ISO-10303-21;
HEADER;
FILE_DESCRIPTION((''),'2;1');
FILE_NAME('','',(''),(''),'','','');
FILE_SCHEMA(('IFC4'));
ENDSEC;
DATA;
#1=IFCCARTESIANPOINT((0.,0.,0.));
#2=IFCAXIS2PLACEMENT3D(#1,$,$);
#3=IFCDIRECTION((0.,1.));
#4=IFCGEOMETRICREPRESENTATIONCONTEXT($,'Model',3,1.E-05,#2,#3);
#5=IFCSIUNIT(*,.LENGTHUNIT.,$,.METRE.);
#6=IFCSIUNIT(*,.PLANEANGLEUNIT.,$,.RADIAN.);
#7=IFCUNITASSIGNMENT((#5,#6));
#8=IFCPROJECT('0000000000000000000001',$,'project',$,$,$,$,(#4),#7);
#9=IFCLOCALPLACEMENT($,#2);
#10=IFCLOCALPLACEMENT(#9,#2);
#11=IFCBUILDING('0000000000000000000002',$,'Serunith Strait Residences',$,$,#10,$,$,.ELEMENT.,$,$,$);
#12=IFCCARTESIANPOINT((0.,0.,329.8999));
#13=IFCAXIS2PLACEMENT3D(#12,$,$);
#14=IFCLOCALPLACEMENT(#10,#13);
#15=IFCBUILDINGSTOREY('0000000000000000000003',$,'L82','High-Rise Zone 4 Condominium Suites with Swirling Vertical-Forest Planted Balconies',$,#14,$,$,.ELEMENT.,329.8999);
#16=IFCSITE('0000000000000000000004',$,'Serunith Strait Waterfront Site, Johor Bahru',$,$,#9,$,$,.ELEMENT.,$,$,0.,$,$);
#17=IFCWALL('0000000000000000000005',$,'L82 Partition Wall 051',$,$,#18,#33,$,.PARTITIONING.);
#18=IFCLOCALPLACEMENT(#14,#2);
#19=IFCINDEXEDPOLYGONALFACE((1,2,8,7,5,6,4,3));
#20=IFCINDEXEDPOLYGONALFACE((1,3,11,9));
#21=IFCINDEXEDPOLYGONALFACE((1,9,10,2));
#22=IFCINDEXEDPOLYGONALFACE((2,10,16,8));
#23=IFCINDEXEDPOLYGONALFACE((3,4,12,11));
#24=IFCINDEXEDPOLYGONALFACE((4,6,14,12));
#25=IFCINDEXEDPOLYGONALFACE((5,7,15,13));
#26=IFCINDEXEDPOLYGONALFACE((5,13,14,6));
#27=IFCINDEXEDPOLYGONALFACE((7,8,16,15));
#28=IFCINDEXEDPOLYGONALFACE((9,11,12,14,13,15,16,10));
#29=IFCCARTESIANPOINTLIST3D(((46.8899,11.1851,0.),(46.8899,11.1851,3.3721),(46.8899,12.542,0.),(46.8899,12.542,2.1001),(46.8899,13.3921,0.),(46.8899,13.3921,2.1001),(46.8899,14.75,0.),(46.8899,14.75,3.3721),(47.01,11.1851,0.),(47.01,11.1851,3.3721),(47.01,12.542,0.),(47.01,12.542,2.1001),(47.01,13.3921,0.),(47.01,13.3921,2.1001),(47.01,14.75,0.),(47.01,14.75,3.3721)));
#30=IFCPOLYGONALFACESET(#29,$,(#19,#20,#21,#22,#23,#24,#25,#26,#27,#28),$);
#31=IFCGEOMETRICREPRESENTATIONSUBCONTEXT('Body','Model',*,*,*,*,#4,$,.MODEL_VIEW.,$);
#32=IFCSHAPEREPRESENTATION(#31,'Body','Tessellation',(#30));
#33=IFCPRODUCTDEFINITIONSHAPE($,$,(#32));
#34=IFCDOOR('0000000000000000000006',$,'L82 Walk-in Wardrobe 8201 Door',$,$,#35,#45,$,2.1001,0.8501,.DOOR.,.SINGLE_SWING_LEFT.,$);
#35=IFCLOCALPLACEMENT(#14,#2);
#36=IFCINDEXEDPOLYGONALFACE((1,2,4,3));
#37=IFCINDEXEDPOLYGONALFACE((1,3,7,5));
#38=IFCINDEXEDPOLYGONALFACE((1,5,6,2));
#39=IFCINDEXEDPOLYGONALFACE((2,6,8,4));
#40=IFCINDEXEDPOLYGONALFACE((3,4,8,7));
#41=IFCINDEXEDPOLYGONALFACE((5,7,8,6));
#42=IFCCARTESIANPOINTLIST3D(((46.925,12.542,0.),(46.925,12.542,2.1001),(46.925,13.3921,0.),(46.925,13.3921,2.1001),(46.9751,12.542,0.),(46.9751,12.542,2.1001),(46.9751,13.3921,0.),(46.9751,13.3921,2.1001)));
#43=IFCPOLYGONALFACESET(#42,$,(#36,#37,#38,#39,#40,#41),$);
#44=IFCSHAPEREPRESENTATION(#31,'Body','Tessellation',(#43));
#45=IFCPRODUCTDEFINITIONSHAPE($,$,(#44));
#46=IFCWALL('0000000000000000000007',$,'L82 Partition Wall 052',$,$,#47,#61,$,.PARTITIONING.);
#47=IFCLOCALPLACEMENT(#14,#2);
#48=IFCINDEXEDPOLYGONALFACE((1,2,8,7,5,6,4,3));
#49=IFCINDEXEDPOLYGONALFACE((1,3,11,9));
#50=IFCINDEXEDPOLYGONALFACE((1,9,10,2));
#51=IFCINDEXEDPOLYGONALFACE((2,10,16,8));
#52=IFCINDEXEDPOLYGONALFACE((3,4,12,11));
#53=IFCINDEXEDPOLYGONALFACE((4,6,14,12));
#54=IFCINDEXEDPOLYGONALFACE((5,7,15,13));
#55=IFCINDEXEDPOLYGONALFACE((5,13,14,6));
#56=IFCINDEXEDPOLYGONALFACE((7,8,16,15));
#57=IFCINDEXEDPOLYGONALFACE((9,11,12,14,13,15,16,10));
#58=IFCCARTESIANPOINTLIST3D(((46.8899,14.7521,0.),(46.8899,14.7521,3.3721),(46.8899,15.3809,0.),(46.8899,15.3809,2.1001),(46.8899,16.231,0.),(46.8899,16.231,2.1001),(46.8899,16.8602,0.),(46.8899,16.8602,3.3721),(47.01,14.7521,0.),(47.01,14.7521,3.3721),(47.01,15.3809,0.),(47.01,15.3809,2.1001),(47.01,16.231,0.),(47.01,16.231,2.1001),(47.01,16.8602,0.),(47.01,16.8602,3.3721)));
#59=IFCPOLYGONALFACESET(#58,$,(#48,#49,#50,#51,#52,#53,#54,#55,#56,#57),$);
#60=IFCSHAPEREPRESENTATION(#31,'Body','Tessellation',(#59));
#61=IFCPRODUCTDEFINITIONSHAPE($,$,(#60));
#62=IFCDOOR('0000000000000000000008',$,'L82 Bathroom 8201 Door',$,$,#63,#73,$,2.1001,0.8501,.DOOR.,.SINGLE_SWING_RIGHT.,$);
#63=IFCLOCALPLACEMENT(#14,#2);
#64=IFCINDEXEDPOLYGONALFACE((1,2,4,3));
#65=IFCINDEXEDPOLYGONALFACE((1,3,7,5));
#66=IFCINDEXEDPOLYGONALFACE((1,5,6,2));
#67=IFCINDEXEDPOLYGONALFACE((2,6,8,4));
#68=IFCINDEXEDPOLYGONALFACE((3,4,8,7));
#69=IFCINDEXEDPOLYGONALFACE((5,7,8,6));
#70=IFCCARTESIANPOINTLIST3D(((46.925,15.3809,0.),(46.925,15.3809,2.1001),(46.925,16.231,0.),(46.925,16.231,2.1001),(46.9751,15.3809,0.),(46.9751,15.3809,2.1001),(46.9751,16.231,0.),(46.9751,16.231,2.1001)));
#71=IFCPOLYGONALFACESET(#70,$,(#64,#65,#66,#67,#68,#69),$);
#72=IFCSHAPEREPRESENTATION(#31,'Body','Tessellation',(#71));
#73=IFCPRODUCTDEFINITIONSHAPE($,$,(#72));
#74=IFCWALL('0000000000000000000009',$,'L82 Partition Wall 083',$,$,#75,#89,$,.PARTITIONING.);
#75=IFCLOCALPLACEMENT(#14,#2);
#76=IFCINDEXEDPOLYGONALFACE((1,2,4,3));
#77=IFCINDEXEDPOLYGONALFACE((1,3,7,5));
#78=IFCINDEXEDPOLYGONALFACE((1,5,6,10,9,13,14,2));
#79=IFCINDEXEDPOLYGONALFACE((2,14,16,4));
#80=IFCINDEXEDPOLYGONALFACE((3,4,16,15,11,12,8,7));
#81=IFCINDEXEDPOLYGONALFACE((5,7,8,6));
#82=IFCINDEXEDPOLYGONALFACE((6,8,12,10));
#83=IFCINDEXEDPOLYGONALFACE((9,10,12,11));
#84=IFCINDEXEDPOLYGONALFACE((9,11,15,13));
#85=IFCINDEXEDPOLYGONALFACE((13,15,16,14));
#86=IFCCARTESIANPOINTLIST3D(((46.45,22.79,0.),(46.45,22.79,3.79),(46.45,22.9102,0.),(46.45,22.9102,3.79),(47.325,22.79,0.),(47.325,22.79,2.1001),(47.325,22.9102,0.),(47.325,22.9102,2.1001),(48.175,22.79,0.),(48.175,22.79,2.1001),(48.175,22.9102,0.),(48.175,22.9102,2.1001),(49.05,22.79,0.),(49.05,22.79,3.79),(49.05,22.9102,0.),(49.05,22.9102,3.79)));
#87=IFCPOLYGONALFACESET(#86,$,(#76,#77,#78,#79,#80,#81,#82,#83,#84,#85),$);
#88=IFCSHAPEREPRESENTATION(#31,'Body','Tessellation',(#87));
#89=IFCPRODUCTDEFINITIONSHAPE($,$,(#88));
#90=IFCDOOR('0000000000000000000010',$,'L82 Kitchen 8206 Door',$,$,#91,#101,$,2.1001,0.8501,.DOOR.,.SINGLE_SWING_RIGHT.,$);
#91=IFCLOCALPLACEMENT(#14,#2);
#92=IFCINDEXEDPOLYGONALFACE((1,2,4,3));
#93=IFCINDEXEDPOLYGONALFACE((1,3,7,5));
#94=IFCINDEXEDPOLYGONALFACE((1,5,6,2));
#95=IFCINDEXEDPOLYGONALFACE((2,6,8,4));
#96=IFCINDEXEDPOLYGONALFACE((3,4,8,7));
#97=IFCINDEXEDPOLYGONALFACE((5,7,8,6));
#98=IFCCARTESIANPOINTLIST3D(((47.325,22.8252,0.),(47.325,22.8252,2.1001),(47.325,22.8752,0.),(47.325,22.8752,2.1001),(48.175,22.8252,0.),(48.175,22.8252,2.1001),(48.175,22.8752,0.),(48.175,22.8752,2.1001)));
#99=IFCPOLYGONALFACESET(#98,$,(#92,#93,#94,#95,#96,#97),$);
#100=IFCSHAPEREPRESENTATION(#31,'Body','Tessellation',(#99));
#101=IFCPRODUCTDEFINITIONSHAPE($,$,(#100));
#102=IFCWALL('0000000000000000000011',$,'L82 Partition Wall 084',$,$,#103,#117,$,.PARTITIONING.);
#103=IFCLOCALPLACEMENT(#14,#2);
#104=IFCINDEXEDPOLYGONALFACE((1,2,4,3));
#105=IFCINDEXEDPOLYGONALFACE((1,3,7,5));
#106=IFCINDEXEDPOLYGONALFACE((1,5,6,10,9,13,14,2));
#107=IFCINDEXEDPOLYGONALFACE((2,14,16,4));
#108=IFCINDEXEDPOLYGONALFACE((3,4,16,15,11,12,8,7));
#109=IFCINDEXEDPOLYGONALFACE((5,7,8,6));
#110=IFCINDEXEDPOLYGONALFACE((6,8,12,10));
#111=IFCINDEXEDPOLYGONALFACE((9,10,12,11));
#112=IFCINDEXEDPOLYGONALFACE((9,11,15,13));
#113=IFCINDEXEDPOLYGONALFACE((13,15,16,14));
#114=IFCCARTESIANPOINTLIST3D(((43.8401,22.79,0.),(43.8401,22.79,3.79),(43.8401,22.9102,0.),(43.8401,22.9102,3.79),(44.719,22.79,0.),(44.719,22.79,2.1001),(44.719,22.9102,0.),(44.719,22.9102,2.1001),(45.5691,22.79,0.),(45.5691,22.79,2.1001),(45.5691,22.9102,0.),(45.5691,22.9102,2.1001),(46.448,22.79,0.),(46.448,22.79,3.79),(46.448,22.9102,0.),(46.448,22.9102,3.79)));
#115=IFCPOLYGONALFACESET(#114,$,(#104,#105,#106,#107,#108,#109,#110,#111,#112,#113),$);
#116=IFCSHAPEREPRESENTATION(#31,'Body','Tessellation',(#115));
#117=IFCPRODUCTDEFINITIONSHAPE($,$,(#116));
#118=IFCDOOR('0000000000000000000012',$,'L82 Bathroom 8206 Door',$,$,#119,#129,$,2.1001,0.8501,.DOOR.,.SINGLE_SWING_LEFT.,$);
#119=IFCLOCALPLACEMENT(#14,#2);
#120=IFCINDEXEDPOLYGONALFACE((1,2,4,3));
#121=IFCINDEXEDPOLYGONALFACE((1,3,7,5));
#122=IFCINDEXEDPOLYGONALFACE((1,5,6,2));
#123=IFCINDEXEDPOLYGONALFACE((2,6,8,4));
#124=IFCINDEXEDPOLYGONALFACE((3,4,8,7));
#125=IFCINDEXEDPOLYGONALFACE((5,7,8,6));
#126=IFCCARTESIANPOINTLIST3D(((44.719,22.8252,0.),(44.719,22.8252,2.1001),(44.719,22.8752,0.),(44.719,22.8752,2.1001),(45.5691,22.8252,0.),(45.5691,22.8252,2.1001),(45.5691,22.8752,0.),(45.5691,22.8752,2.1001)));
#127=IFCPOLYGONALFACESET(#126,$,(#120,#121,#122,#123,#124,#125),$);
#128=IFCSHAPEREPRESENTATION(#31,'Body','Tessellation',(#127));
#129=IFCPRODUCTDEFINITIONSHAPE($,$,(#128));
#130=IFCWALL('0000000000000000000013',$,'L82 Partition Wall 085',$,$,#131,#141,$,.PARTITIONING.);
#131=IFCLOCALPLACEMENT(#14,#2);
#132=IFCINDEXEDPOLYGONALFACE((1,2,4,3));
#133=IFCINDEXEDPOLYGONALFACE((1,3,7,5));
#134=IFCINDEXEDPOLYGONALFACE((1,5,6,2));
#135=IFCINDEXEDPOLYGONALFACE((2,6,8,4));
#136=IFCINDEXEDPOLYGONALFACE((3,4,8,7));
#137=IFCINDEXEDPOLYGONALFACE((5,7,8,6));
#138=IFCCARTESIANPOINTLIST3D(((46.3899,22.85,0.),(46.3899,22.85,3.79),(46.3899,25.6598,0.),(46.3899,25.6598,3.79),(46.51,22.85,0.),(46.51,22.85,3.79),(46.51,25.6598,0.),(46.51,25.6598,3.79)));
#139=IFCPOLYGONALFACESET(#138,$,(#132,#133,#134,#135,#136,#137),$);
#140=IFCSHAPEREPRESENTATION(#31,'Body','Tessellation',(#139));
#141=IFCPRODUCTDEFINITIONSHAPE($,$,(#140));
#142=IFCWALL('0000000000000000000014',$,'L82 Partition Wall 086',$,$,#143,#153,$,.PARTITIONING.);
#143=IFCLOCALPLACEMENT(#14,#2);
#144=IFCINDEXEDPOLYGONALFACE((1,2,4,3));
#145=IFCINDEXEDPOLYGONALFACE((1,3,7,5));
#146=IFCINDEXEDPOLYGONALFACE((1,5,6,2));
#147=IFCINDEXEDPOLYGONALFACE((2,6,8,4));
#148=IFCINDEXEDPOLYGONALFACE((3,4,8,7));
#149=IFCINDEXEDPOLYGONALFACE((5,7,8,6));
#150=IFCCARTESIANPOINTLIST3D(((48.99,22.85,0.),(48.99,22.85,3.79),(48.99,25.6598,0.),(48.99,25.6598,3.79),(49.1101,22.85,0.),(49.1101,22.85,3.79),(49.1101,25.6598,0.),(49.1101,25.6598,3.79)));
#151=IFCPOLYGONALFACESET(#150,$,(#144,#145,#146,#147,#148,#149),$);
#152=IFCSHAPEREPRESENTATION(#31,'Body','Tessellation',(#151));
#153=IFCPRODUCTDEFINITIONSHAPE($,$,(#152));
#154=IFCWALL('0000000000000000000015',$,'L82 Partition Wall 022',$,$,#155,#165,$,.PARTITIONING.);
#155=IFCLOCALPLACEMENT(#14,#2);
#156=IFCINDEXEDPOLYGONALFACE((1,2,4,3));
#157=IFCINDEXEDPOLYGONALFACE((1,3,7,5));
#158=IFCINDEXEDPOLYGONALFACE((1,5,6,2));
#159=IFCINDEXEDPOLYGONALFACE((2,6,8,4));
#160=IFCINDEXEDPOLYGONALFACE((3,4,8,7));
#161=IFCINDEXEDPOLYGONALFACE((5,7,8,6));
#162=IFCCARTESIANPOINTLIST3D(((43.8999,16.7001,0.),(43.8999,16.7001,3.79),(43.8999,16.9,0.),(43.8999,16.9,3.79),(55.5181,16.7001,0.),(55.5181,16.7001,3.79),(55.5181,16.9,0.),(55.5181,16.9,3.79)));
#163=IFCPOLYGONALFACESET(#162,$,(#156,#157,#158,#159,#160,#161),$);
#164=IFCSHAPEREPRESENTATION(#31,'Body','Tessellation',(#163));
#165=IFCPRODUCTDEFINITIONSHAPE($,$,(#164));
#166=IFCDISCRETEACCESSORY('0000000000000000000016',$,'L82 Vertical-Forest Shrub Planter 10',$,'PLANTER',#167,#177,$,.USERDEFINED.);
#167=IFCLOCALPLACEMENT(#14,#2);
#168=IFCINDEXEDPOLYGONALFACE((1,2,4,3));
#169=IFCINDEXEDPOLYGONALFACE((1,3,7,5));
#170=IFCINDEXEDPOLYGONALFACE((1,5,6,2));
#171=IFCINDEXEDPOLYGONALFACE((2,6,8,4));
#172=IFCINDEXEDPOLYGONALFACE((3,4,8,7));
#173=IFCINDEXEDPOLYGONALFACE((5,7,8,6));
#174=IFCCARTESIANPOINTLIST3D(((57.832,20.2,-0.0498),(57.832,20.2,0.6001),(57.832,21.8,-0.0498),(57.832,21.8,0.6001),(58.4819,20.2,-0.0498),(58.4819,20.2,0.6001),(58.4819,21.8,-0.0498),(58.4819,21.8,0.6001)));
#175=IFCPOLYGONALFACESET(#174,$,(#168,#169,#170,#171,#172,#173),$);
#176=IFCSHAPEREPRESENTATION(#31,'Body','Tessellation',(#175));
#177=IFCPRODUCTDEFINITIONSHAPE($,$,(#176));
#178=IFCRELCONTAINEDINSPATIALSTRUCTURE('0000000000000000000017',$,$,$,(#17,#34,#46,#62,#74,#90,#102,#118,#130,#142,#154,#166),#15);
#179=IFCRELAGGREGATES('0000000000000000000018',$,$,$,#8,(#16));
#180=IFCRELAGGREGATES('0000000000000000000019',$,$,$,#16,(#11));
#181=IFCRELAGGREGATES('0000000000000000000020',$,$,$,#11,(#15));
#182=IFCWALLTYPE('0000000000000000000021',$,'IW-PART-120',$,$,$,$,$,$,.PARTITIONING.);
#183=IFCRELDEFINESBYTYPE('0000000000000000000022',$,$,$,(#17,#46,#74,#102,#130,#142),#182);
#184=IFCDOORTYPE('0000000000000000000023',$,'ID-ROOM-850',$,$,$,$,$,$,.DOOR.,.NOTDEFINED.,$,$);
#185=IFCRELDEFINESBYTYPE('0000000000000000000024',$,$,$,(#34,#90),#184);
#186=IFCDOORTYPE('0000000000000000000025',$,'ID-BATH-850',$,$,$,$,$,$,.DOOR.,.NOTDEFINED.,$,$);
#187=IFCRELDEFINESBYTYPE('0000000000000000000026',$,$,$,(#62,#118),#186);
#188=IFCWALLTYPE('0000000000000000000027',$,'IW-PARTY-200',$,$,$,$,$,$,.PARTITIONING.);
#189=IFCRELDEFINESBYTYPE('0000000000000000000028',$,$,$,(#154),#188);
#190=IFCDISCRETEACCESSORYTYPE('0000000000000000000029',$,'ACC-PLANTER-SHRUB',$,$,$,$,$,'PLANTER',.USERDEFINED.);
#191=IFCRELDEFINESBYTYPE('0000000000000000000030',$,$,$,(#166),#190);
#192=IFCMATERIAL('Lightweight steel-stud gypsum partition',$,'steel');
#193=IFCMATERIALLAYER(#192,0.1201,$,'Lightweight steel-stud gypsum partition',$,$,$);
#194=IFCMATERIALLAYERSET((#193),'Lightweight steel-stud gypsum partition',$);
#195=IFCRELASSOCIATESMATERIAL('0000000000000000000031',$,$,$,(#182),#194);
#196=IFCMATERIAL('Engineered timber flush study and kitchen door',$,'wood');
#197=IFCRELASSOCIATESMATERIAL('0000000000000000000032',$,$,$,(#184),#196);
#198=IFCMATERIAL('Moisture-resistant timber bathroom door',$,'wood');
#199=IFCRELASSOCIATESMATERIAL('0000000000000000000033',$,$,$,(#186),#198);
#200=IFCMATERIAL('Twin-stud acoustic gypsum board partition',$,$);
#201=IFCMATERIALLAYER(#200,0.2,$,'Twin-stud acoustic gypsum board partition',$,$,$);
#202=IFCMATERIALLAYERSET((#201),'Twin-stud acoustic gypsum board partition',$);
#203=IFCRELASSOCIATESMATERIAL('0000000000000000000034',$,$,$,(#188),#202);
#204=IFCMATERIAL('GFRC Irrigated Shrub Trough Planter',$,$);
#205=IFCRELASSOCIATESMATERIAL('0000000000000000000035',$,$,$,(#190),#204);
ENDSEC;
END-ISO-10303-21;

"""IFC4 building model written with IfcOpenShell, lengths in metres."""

from ifc_helpers import new_model, si_unit, direction, frame, frame_2d, origin, origin_2d, place, context, subcontext, project, spatial, rectangle, extrude, source, transform, mapped, material, layer, layer_set, type_object, element, fill, save


model = new_model("IFC4")

# Units and contexts
model_context = context("Model", 3, precision=1e-05, world=origin(), true_north=direction((0.0, 1.0)))
body_context = subcontext(model_context, "Body", "Model", "MODEL_VIEW")
ifc_project = project(units=[si_unit("LENGTHUNIT", "METRE"), si_unit("PLANEANGLEUNIT", "RADIAN")], contexts=[model_context])

# Site, building, storey
site_placement = place(None, origin())
site = spatial("IfcSite", under=ifc_project, at=site_placement, Name="Serunith Strait Waterfront Site, Johor Bahru", CompositionType="ELEMENT", RefElevation=0.0)
building_placement = place(site_placement, origin())
building = spatial("IfcBuilding", under=site, at=building_placement, Name="Serunith Strait Residences", CompositionType="ELEMENT")
storey_placement = place(building_placement, frame((0.0, 0.0, 329.8999)))
storey = spatial("IfcBuildingStorey", under=building, at=storey_placement, Name="L82", Description="High-Rise Zone 4 Condominium Suites with Swirling Vertical-Forest Planted Balconies", CompositionType="ELEMENT", Elevation=329.8999)

# Shared definitions
ifc_material_1 = material(Name="Lightweight steel-stud gypsum partition", Category="steel")
ifc_layer_1 = layer(ifc_material_1, 0.1201, Name="Lightweight steel-stud gypsum partition")
ifc_layer_set_1 = layer_set([ifc_layer_1], Name="Lightweight steel-stud gypsum partition")
wall_type_1 = type_object("IfcWallType", Name="IW-PART-120", PredefinedType="PARTITIONING", material=ifc_layer_set_1)

# Walls, openings, doors
wall_1_placement = place(storey_placement, frame((46.95, 11.1851, 0.0), z_axis=(0.0, 0.0, 1.0), x_axis=(0.0, 1.0, 0.0)))
wall_1 = element("IfcWall", 1, at=wall_1_placement, inside=storey, type_object=wall_type_1, Name="L82 Partition Wall 051", PredefinedType="PARTITIONING", context=body_context, shape_type="SweptSolid", body=[
    extrude(rectangle(XDim=3.5649, YDim=0.1201, at=frame_2d((1.7825, 0.0))), origin(), (0.0, 0.0, 1.0), 3.3721),
])
opening_1_placement = place(wall_1_placement, frame((1.3569, 0.0, 0.0)))
opening_1 = element("IfcOpeningElement", 2, at=opening_1_placement, cuts=wall_1, PredefinedType="OPENING", context=body_context, shape_type="SweptSolid", body=[
    extrude(rectangle(XDim=0.8501, YDim=2.1001, at=frame_2d((0.425, 1.05))), frame((0.0, 0.0701, 0.0), z_axis=(0.0, -1.0, 0.0), x_axis=(1.0, 0.0, 0.0)), (0.0, 0.0, 1.0), 0.1401),
])
ifc_material_2 = material(Name="Engineered timber flush study and kitchen door", Category="wood")
door_type_1 = type_object("IfcDoorType", Name="ID-ROOM-850", OperationType="NOTDEFINED", PredefinedType="DOOR", material=ifc_material_2)
shared_shape_1 = source(origin(), body_context, "Body", "SweptSolid", [
    extrude(rectangle(XDim=0.8501, YDim=2.1001, at=frame_2d((0.425, 1.05))), frame((0.0, 0.0249, 0.0), z_axis=(0.0, -1.0, 0.0), x_axis=(1.0, 0.0, 0.0)), (0.0, 0.0, 1.0), 0.05),
])
door_1_placement = place(opening_1_placement, origin())
door_1 = element("IfcDoor", 3, at=door_1_placement, inside=storey, type_object=door_type_1, Name="L82 Walk-in Wardrobe 8201 Door", OperationType="SINGLE_SWING_LEFT", OverallHeight=2.1001, OverallWidth=0.8501, PredefinedType="DOOR", context=body_context, shape_type="MappedRepresentation", body=[
    mapped(shared_shape_1, transform((0.0, 0.0, 0.0), scale=1.0)),
])
fill(opening_1, door_1)
wall_2_placement = place(storey_placement, frame((46.95, 14.752, 0.0), z_axis=(0.0, 0.0, 1.0), x_axis=(0.0, 1.0, 0.0)))
wall_2 = element("IfcWall", 4, at=wall_2_placement, inside=storey, type_object=wall_type_1, Name="L82 Partition Wall 052", PredefinedType="PARTITIONING", context=body_context, shape_type="SweptSolid", body=[
    extrude(rectangle(XDim=2.1082, YDim=0.1201, at=frame_2d((1.0542, 0.0))), origin(), (0.0, 0.0, 1.0), 3.3721),
])
opening_2_placement = place(wall_2_placement, frame((0.6289, 0.0, 0.0)))
opening_2 = element("IfcOpeningElement", 5, at=opening_2_placement, cuts=wall_2, PredefinedType="OPENING", context=body_context, shape_type="SweptSolid", body=[
    extrude(rectangle(XDim=0.8501, YDim=2.1001, at=frame_2d((0.425, 1.05))), frame((0.0, 0.0701, 0.0), z_axis=(0.0, -1.0, 0.0), x_axis=(1.0, 0.0, 0.0)), (0.0, 0.0, 1.0), 0.1401),
])
ifc_material_3 = material(Name="Moisture-resistant timber bathroom door", Category="wood")
door_type_2 = type_object("IfcDoorType", Name="ID-BATH-850", OperationType="NOTDEFINED", PredefinedType="DOOR", material=ifc_material_3)
door_2_placement = place(opening_2_placement, origin())
door_2 = element("IfcDoor", 6, at=door_2_placement, inside=storey, type_object=door_type_2, Name="L82 Bathroom 8201 Door", OperationType="SINGLE_SWING_RIGHT", OverallHeight=2.1001, OverallWidth=0.8501, PredefinedType="DOOR", context=body_context, shape_type="MappedRepresentation", body=[
    mapped(shared_shape_1, transform((0.0, 0.0, 0.0), scale=1.0)),
])
fill(opening_2, door_2)
wall_3_placement = place(storey_placement, frame((49.05, 22.8501, 0.0), z_axis=(0.0, 0.0, 1.0), x_axis=(-1.0, 0.0, 0.0)))
wall_3 = element("IfcWall", 7, at=wall_3_placement, inside=storey, type_object=wall_type_1, Name="L82 Partition Wall 083", PredefinedType="PARTITIONING", context=body_context, shape_type="SweptSolid", body=[
    extrude(rectangle(XDim=2.6001, YDim=0.1201, at=frame_2d((1.3, 0.0))), origin(), (0.0, 0.0, 1.0), 3.79),
])
opening_3_placement = place(wall_3_placement, frame((0.875, 0.0, 0.0)))
opening_3 = element("IfcOpeningElement", 8, at=opening_3_placement, cuts=wall_3, PredefinedType="OPENING", context=body_context, shape_type="SweptSolid", body=[
    extrude(rectangle(XDim=0.8501, YDim=2.1001, at=frame_2d((0.425, 1.05))), frame((0.0, 0.0701, 0.0), z_axis=(0.0, -1.0, 0.0), x_axis=(1.0, 0.0, 0.0)), (0.0, 0.0, 1.0), 0.1401),
])
door_3_placement = place(opening_3_placement, origin())
door_3 = element("IfcDoor", 9, at=door_3_placement, inside=storey, type_object=door_type_1, Name="L82 Kitchen 8206 Door", OperationType="SINGLE_SWING_RIGHT", OverallHeight=2.1001, OverallWidth=0.8501, PredefinedType="DOOR", context=body_context, shape_type="MappedRepresentation", body=[
    mapped(shared_shape_1, transform((0.0, 0.0, 0.0), scale=1.0)),
])
fill(opening_3, door_3)
wall_4_placement = place(storey_placement, frame((46.448, 22.8501, 0.0), z_axis=(0.0, 0.0, 1.0), x_axis=(-1.0, 0.0, 0.0)))
wall_4 = element("IfcWall", 10, at=wall_4_placement, inside=storey, type_object=wall_type_1, Name="L82 Partition Wall 084", PredefinedType="PARTITIONING", context=body_context, shape_type="SweptSolid", body=[
    extrude(rectangle(XDim=2.6079, YDim=0.1201, at=frame_2d((1.304, 0.0))), origin(), (0.0, 0.0, 1.0), 3.79),
])
opening_4_placement = place(wall_4_placement, frame((0.8789, 0.0, 0.0)))
opening_4 = element("IfcOpeningElement", 11, at=opening_4_placement, cuts=wall_4, PredefinedType="OPENING", context=body_context, shape_type="SweptSolid", body=[
    extrude(rectangle(XDim=0.8501, YDim=2.1001, at=frame_2d((0.425, 1.05))), frame((0.0, 0.0701, 0.0), z_axis=(0.0, -1.0, 0.0), x_axis=(1.0, 0.0, 0.0)), (0.0, 0.0, 1.0), 0.1401),
])
door_4_placement = place(opening_4_placement, origin())
door_4 = element("IfcDoor", 12, at=door_4_placement, inside=storey, type_object=door_type_2, Name="L82 Bathroom 8206 Door", OperationType="SINGLE_SWING_LEFT", OverallHeight=2.1001, OverallWidth=0.8501, PredefinedType="DOOR", context=body_context, shape_type="MappedRepresentation", body=[
    mapped(shared_shape_1, transform((0.0, 0.0, 0.0), scale=1.0)),
])
fill(opening_4, door_4)

# Walls
for number, where, z_axis, x_axis, name in (
    (13, (46.45, 22.8501, 0.0), (0.0, 0.0, 1.0), (0.0, 1.0, 0.0), "L82 Partition Wall 085"),
    (14, (49.05, 22.8501, 0.0), (0.0, 0.0, 1.0), (0.0, 1.0, 0.0), "L82 Partition Wall 086"),
):
    element("IfcWall", number, at=place(storey_placement, frame(where, z_axis=z_axis, x_axis=x_axis)), inside=storey, type_object=wall_type_1, Name=name, PredefinedType="PARTITIONING", context=body_context, shape_type="SweptSolid", body=[
        extrude(rectangle(XDim=2.8098, YDim=0.1201, at=frame_2d((1.4048, 0.0))), origin(), (0.0, 0.0, 1.0), 3.79),
    ])
ifc_material_4 = material(Name="Twin-stud acoustic gypsum board partition")
ifc_layer_2 = layer(ifc_material_4, 0.2, Name="Twin-stud acoustic gypsum board partition")
ifc_layer_set_2 = layer_set([ifc_layer_2], Name="Twin-stud acoustic gypsum board partition")
wall_type_2 = type_object("IfcWallType", Name="IW-PARTY-200", PredefinedType="PARTITIONING", material=ifc_layer_set_2)
wall_5_placement = place(storey_placement, frame((43.8999, 16.8, 0.0), z_axis=(0.0, 0.0, 1.0), x_axis=(1.0, 0.0, 0.0)))
element("IfcWall", 15, at=wall_5_placement, inside=storey, type_object=wall_type_2, Name="L82 Partition Wall 022", PredefinedType="PARTITIONING", context=body_context, shape_type="SweptSolid", body=[
    extrude(rectangle(XDim=11.6182, YDim=0.2, at=frame_2d((5.8091, 0.0))), origin(), (0.0, 0.0, 1.0), 3.79),
])

# Discrete accessory
ifc_material_5 = material(Name="GFRC Irrigated Shrub Trough Planter")
discrete_accessory_type = type_object("IfcDiscreteAccessoryType", Name="ACC-PLANTER-SHRUB", ElementType="PLANTER", PredefinedType="USERDEFINED", material=ifc_material_5)
shared_shape_2 = source(origin(), body_context, "Body", "SweptSolid", [
    extrude(rectangle(XDim=1.6001, YDim=0.6499, at=origin_2d()), origin(), (0.0, 0.0, 1.0), 0.6499),
])
discrete_accessory_placement = place(storey_placement, frame((58.157, 21.0, -0.0498), z_axis=(0.0, 0.0, 1.0), x_axis=(0.0, 1.0, 0.0)))
element("IfcDiscreteAccessory", 16, at=discrete_accessory_placement, inside=storey, type_object=discrete_accessory_type, Name="L82 Vertical-Forest Shrub Planter 10", ObjectType="PLANTER", PredefinedType="USERDEFINED", context=body_context, shape_type="MappedRepresentation", body=[
    mapped(shared_shape_2, transform((0.0, 0.0, 0.0), scale=1.0)),
])

save(model, "model.ifc")
